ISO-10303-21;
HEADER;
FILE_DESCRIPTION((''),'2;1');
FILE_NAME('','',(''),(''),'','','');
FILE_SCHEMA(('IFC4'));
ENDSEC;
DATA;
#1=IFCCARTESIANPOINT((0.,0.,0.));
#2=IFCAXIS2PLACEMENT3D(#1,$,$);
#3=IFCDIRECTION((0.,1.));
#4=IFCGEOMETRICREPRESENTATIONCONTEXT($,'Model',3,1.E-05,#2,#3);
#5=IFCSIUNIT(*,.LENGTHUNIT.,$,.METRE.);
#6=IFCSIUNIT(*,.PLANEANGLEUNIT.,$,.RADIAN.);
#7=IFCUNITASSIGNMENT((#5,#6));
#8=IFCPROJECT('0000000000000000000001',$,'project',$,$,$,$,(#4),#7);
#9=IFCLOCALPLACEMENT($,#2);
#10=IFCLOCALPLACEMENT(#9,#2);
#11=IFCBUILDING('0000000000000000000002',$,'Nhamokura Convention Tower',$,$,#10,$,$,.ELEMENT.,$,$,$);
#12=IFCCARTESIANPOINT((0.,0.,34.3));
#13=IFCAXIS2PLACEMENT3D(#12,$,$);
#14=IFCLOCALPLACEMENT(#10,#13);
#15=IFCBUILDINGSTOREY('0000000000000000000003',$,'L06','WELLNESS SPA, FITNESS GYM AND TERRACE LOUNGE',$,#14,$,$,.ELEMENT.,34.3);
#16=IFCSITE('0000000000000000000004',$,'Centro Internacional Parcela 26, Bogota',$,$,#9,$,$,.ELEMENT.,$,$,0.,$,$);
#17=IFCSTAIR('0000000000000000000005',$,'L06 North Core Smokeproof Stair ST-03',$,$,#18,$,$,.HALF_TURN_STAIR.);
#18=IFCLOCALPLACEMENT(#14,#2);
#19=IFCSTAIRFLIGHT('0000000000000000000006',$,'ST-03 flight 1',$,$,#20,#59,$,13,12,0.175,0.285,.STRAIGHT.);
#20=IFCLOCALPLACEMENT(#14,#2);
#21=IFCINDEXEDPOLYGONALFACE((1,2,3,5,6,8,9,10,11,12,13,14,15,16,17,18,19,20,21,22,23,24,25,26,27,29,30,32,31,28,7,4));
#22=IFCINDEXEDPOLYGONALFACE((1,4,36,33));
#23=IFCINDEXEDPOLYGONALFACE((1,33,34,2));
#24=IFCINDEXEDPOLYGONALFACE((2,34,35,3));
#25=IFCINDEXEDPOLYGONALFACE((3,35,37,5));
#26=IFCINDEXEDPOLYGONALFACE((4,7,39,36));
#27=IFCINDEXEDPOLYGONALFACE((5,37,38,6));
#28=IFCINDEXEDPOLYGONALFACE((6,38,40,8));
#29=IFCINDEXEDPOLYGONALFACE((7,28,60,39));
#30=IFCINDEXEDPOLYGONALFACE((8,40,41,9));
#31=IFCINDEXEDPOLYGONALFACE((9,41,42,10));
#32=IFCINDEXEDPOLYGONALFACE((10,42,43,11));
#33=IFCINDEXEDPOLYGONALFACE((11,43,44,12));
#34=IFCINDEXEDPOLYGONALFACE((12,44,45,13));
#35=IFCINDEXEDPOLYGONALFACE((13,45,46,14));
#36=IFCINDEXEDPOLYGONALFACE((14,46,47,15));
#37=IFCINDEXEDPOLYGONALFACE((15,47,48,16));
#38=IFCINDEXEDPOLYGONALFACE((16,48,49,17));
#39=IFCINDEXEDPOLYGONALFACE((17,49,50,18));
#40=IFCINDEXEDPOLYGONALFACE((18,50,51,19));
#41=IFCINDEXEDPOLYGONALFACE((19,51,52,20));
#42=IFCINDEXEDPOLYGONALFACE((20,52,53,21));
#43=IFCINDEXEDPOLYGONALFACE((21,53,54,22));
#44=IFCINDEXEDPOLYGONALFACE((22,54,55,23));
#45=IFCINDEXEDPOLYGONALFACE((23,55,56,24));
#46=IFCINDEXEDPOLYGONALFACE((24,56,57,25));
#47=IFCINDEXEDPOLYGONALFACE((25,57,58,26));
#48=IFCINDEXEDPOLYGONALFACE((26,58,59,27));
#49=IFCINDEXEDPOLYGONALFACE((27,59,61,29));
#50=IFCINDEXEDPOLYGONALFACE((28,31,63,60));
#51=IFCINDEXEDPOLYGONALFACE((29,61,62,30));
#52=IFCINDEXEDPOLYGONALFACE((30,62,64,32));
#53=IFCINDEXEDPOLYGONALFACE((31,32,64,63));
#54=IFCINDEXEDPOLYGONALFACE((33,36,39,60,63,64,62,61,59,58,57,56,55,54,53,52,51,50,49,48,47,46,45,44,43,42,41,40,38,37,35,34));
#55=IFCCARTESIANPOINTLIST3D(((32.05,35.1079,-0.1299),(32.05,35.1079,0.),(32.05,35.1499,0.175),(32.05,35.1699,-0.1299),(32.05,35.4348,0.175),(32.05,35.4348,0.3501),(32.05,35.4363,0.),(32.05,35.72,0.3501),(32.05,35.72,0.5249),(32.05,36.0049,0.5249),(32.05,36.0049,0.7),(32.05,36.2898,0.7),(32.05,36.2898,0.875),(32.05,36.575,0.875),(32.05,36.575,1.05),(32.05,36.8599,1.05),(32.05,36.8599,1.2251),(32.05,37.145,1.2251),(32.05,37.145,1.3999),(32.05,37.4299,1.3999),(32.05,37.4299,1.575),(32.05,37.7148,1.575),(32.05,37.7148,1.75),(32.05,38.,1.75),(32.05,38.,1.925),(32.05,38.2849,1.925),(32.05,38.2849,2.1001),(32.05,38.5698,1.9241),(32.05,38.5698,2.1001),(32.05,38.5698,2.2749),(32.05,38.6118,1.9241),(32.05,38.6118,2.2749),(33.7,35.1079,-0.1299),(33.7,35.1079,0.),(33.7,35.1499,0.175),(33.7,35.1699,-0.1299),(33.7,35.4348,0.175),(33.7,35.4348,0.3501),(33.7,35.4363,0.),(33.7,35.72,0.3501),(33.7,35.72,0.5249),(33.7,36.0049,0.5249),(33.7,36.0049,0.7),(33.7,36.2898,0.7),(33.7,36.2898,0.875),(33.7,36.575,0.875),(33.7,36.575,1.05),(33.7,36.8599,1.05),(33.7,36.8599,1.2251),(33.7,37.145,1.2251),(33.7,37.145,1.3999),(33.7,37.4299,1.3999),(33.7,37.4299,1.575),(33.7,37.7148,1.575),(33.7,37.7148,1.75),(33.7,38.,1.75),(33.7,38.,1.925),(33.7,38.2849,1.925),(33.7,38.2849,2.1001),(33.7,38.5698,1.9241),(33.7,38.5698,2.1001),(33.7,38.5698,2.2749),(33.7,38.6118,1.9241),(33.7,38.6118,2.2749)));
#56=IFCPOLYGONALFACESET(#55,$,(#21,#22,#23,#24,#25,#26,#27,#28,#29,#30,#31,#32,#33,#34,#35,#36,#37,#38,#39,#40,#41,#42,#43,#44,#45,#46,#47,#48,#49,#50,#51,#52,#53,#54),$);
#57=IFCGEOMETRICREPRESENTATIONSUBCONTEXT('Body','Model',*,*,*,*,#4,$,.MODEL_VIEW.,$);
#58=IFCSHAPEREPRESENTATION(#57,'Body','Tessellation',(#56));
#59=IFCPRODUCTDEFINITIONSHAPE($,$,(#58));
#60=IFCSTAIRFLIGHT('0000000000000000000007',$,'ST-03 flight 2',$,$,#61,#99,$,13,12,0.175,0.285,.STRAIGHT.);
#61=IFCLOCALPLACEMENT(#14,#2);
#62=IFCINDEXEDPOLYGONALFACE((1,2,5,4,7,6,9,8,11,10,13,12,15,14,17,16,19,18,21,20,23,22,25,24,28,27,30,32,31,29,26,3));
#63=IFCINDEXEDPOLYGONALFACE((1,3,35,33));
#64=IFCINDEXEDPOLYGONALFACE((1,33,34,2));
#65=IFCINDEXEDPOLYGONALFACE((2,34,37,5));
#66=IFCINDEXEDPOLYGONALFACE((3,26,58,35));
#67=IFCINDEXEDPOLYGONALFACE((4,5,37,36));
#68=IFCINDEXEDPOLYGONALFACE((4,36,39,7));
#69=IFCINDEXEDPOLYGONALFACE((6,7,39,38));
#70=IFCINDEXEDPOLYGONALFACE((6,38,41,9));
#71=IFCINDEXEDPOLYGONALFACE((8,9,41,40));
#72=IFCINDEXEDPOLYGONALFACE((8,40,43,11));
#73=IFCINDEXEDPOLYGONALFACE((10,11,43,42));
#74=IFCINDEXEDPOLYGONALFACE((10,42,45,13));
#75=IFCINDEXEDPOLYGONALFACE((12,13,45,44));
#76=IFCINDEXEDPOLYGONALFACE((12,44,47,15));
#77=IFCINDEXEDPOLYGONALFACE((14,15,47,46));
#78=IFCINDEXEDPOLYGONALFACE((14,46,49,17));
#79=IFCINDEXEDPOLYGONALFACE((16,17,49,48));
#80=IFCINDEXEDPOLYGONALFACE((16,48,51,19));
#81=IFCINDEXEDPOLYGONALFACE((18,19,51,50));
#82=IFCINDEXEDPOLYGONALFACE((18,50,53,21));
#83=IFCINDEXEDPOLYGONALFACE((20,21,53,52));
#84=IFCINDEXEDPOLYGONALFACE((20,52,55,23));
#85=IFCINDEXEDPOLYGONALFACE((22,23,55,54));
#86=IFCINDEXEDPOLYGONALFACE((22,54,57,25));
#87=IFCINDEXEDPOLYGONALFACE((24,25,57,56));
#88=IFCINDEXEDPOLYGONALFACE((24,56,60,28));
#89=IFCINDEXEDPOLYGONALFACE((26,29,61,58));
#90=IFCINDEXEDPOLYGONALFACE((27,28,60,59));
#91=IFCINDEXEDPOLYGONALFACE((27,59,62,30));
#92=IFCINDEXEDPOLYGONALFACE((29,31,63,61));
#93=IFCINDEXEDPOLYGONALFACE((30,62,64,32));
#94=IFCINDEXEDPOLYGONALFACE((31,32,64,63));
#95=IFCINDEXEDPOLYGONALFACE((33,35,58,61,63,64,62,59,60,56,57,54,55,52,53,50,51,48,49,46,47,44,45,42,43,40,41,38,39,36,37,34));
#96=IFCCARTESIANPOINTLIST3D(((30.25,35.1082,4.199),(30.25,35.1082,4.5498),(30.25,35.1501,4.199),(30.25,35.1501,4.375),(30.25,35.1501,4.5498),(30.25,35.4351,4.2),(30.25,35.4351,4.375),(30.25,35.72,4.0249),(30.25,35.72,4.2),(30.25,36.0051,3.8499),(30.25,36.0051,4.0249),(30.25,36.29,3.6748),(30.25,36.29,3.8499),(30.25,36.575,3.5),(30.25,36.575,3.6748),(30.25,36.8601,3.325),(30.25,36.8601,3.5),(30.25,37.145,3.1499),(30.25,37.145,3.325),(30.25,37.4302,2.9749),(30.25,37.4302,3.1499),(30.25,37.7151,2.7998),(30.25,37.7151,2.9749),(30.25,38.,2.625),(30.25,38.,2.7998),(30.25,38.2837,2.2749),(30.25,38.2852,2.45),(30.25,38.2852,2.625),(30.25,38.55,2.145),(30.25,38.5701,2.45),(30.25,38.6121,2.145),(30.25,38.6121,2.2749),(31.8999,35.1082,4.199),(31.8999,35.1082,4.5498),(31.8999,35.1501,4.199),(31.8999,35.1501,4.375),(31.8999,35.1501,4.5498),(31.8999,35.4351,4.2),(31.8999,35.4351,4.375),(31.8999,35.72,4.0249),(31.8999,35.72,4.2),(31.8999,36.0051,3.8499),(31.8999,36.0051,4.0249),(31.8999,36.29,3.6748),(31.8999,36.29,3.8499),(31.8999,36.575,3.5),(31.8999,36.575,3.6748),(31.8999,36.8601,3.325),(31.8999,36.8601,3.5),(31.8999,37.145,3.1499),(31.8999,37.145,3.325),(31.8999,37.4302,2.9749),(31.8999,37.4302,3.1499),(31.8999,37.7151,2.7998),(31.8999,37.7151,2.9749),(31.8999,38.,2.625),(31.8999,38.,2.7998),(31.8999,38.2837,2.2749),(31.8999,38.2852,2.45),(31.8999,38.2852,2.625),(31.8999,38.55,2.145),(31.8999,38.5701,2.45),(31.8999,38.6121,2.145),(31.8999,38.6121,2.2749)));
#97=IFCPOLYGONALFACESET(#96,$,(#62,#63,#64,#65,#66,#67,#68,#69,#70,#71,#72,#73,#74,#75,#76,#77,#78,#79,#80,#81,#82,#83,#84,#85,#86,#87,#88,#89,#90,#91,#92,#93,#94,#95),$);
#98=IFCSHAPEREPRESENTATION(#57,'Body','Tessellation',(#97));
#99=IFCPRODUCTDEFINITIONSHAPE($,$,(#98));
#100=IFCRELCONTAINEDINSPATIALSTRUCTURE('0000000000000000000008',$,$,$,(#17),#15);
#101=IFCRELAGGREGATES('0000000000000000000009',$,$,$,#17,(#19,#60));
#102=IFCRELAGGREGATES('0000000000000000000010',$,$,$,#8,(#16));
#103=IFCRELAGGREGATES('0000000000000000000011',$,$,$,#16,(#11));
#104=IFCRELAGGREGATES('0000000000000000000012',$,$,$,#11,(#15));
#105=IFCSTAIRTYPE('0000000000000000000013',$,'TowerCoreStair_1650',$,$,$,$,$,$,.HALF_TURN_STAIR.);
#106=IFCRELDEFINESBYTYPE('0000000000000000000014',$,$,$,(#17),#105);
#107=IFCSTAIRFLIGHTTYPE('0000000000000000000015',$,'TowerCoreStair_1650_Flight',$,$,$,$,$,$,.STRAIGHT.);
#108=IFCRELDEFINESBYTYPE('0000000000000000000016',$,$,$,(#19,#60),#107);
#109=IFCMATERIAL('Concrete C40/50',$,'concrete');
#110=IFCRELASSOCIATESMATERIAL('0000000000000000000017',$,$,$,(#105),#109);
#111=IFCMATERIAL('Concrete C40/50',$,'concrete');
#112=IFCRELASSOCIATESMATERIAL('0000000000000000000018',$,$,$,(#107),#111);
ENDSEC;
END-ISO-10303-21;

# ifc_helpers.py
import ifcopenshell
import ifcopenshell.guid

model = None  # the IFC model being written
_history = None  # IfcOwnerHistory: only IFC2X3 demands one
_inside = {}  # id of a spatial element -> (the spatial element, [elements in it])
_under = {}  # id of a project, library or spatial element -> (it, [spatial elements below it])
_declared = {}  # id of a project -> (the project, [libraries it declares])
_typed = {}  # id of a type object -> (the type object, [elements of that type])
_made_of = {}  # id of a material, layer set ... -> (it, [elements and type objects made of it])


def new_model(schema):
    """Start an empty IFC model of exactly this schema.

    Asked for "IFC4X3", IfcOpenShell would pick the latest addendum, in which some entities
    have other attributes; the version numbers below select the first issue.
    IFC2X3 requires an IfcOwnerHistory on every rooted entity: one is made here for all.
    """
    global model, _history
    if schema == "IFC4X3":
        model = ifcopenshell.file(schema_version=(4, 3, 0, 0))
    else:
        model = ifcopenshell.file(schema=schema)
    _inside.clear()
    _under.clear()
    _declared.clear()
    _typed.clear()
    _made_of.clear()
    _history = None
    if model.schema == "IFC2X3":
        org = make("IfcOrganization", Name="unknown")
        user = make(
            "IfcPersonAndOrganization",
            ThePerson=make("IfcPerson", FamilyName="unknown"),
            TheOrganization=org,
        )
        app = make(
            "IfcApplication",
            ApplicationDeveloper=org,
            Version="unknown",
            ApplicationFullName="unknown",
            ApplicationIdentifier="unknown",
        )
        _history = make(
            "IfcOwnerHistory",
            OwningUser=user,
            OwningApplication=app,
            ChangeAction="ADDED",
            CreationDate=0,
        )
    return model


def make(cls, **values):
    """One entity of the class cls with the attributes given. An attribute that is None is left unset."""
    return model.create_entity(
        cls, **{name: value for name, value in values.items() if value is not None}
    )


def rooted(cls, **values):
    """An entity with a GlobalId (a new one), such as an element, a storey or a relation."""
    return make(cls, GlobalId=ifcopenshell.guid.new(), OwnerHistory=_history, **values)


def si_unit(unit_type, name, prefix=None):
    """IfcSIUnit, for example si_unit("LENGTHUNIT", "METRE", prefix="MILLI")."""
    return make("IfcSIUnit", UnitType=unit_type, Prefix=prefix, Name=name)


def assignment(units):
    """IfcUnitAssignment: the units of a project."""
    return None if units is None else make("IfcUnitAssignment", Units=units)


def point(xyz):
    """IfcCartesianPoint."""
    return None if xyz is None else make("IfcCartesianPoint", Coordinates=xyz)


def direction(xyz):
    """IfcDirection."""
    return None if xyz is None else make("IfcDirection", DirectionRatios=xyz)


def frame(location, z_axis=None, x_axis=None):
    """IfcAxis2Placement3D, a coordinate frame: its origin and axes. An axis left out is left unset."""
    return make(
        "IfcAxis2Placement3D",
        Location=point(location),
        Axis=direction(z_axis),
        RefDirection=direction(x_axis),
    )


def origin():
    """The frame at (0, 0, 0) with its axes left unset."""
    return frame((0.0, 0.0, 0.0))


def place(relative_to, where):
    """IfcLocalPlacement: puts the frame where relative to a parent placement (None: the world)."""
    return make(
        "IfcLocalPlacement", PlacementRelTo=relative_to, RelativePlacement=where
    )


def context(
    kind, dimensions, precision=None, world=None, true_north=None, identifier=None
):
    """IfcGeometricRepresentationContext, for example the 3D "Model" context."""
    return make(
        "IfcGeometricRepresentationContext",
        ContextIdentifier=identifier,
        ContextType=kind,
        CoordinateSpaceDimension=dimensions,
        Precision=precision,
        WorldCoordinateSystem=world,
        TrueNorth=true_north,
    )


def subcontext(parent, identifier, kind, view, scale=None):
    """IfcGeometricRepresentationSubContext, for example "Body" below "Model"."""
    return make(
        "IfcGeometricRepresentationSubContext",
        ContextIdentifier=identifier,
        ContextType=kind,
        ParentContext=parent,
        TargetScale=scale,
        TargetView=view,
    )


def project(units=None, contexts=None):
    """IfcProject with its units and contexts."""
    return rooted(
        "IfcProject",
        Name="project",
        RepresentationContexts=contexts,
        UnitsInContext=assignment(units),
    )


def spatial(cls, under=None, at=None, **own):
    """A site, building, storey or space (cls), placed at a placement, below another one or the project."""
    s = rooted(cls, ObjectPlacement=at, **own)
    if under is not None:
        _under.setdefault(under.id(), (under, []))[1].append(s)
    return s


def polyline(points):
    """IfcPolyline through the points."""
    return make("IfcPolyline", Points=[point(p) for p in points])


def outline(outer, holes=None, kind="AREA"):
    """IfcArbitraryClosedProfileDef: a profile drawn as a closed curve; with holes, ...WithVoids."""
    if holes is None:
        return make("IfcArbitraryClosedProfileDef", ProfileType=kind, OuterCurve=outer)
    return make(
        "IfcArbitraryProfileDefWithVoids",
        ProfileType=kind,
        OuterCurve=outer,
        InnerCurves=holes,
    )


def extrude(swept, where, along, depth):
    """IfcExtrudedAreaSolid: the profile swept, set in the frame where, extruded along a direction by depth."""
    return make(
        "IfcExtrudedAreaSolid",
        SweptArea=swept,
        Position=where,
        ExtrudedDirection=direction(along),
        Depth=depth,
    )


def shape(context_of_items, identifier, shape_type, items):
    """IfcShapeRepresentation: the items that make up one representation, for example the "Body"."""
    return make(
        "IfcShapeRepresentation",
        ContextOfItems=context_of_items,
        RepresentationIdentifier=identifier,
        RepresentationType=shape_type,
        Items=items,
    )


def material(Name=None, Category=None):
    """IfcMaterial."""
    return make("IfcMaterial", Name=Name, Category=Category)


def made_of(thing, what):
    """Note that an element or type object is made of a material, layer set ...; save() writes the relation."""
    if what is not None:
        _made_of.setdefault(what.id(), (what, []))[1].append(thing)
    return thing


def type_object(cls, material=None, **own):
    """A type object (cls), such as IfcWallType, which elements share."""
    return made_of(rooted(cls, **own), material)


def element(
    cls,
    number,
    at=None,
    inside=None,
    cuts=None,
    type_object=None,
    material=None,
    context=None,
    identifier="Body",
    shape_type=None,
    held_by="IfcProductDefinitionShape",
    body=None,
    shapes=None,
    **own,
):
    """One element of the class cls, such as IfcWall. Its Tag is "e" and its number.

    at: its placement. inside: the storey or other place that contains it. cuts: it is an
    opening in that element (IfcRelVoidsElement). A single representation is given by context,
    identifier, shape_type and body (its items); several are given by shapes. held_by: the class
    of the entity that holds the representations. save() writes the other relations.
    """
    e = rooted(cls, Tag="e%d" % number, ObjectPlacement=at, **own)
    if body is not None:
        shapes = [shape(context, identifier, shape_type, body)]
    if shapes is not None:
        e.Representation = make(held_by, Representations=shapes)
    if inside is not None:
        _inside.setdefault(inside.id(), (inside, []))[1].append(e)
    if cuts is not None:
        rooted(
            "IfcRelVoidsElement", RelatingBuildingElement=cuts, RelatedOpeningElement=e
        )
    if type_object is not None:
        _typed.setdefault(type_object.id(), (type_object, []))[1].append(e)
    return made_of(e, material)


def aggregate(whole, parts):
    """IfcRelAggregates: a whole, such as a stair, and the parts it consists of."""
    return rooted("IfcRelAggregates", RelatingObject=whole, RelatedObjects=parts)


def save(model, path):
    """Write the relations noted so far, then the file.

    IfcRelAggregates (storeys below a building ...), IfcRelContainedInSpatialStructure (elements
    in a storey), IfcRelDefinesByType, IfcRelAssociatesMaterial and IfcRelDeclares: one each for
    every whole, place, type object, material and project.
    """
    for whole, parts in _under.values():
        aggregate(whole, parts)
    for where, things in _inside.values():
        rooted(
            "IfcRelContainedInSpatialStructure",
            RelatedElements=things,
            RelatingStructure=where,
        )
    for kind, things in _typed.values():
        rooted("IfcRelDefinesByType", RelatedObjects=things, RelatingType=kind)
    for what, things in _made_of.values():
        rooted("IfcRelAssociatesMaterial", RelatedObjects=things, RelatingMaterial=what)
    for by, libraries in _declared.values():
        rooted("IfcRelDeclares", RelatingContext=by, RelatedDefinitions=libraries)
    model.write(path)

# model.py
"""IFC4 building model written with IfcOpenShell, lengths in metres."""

from ifc_helpers import new_model, si_unit, direction, frame, origin, place, context, subcontext, project, spatial, polyline, outline, extrude, material, type_object, element, aggregate, save


model = new_model("IFC4")

# Units and contexts
model_context = context("Model", 3, precision=1e-05, world=origin(), true_north=direction((0.0, 1.0)))
body_context = subcontext(model_context, "Body", "Model", "MODEL_VIEW")
ifc_project = project(units=[si_unit("LENGTHUNIT", "METRE"), si_unit("PLANEANGLEUNIT", "RADIAN")], contexts=[model_context])

# Site, building, storey
site_placement = place(None, origin())
site = spatial("IfcSite", under=ifc_project, at=site_placement, Name="Centro Internacional Parcela 26, Bogota", CompositionType="ELEMENT", RefElevation=0.0)
building_placement = place(site_placement, origin())
building = spatial("IfcBuilding", under=site, at=building_placement, Name="Nhamokura Convention Tower", CompositionType="ELEMENT")
storey_placement = place(building_placement, frame((0.0, 0.0, 34.3)))
storey = spatial("IfcBuildingStorey", under=building, at=storey_placement, Name="L06", Description="WELLNESS SPA, FITNESS GYM AND TERRACE LOUNGE", CompositionType="ELEMENT", Elevation=34.3)

# Stair, stair flights
ifc_material_1 = material(Name="Concrete C40/50", Category="concrete")
stair_type = type_object("IfcStairType", Name="TowerCoreStair_1650", PredefinedType="HALF_TURN_STAIR", material=ifc_material_1)
stair_placement = place(storey_placement, origin())
stair = element("IfcStair", 1, at=stair_placement, inside=storey, type_object=stair_type, Name="L06 North Core Smokeproof Stair ST-03", PredefinedType="HALF_TURN_STAIR")
ifc_material_2 = material(Name="Concrete C40/50", Category="concrete")
stair_flight_type = type_object("IfcStairFlightType", Name="TowerCoreStair_1650_Flight", PredefinedType="STRAIGHT", material=ifc_material_2)
stair_flight_1_placement = place(storey_placement, frame((32.875, 35.1499, 0.0), z_axis=(0.0, 0.0, 1.0), x_axis=(0.0, 1.0, 0.0)))
stair_flight_1 = element("IfcStairFlight", 2, at=stair_flight_1_placement, type_object=stair_flight_type, Name="ST-03 flight 1", NumberOfRisers=13, NumberOfTreads=12, PredefinedType="STRAIGHT", RiserHeight=0.175, TreadLength=0.285, context=body_context, shape_type="SweptSolid", body=[
    extrude(outline(polyline([(-0.042, 0.0), (0.0, 0.175), (0.2849, 0.175), (0.2849, 0.3501), (0.5701, 0.3501), (0.5701, 0.5249), (0.855, 0.5249), (0.855, 0.7), (1.1399, 0.7), (1.1399, 0.875), (1.425, 0.875), (1.425, 1.05), (1.71, 1.05), (1.71, 1.2251), (1.9951, 1.2251), (1.9951, 1.3999), (2.28, 1.3999), (2.28, 1.575), (2.5649, 1.575), (2.5649, 1.75), (2.8501, 1.75), (2.8501, 1.925), (3.135, 1.925), (3.135, 2.1001), (3.4199, 2.1001), (3.4199, 2.2749), (3.4619, 2.2749), (3.4619, 1.9241), (3.4199, 1.9241), (0.2864, 0.0), (0.02, -0.1299), (-0.042, -0.1299), (-0.042, 0.0)])), frame((0.0, 0.825, 0.0), z_axis=(0.0, -1.0, 0.0), x_axis=(1.0, 0.0, 0.0)), (0.0, 0.0, 1.0), 1.6499),
])
stair_flight_2_placement = place(storey_placement, frame((31.075, 38.5701, 2.2749), z_axis=(0.0, 0.0, 1.0), x_axis=(0.0, -1.0, 0.0)))
stair_flight_2 = element("IfcStairFlight", 3, at=stair_flight_2_placement, type_object=stair_flight_type, Name="ST-03 flight 2", NumberOfRisers=13, NumberOfTreads=12, PredefinedType="STRAIGHT", RiserHeight=0.175, TreadLength=0.285, context=body_context, shape_type="SweptSolid", body=[
    extrude(outline(polyline([(-0.042, 0.0), (0.0, 0.175), (0.2849, 0.175), (0.2849, 0.3501), (0.5701, 0.3501), (0.5701, 0.5249), (0.855, 0.5249), (0.855, 0.7), (1.1399, 0.7), (1.1399, 0.875), (1.425, 0.875), (1.425, 1.05), (1.71, 1.05), (1.71, 1.2251), (1.9951, 1.2251), (1.9951, 1.3999), (2.28, 1.3999), (2.28, 1.575), (2.5649, 1.575), (2.5649, 1.75), (2.8501, 1.75), (2.8501, 1.925), (3.135, 1.925), (3.135, 2.1001), (3.4199, 2.1001), (3.4199, 2.2749), (3.4619, 2.2749), (3.4619, 1.9241), (3.4199, 1.9241), (0.2864, 0.0), (0.02, -0.1299), (-0.042, -0.1299), (-0.042, 0.0)])), frame((0.0, 0.825, 0.0), z_axis=(0.0, -1.0, 0.0), x_axis=(1.0, 0.0, 0.0)), (0.0, 0.0, 1.0), 1.6499),
])
aggregate(stair, [stair_flight_1, stair_flight_2])

save(model, "model.ifc")
